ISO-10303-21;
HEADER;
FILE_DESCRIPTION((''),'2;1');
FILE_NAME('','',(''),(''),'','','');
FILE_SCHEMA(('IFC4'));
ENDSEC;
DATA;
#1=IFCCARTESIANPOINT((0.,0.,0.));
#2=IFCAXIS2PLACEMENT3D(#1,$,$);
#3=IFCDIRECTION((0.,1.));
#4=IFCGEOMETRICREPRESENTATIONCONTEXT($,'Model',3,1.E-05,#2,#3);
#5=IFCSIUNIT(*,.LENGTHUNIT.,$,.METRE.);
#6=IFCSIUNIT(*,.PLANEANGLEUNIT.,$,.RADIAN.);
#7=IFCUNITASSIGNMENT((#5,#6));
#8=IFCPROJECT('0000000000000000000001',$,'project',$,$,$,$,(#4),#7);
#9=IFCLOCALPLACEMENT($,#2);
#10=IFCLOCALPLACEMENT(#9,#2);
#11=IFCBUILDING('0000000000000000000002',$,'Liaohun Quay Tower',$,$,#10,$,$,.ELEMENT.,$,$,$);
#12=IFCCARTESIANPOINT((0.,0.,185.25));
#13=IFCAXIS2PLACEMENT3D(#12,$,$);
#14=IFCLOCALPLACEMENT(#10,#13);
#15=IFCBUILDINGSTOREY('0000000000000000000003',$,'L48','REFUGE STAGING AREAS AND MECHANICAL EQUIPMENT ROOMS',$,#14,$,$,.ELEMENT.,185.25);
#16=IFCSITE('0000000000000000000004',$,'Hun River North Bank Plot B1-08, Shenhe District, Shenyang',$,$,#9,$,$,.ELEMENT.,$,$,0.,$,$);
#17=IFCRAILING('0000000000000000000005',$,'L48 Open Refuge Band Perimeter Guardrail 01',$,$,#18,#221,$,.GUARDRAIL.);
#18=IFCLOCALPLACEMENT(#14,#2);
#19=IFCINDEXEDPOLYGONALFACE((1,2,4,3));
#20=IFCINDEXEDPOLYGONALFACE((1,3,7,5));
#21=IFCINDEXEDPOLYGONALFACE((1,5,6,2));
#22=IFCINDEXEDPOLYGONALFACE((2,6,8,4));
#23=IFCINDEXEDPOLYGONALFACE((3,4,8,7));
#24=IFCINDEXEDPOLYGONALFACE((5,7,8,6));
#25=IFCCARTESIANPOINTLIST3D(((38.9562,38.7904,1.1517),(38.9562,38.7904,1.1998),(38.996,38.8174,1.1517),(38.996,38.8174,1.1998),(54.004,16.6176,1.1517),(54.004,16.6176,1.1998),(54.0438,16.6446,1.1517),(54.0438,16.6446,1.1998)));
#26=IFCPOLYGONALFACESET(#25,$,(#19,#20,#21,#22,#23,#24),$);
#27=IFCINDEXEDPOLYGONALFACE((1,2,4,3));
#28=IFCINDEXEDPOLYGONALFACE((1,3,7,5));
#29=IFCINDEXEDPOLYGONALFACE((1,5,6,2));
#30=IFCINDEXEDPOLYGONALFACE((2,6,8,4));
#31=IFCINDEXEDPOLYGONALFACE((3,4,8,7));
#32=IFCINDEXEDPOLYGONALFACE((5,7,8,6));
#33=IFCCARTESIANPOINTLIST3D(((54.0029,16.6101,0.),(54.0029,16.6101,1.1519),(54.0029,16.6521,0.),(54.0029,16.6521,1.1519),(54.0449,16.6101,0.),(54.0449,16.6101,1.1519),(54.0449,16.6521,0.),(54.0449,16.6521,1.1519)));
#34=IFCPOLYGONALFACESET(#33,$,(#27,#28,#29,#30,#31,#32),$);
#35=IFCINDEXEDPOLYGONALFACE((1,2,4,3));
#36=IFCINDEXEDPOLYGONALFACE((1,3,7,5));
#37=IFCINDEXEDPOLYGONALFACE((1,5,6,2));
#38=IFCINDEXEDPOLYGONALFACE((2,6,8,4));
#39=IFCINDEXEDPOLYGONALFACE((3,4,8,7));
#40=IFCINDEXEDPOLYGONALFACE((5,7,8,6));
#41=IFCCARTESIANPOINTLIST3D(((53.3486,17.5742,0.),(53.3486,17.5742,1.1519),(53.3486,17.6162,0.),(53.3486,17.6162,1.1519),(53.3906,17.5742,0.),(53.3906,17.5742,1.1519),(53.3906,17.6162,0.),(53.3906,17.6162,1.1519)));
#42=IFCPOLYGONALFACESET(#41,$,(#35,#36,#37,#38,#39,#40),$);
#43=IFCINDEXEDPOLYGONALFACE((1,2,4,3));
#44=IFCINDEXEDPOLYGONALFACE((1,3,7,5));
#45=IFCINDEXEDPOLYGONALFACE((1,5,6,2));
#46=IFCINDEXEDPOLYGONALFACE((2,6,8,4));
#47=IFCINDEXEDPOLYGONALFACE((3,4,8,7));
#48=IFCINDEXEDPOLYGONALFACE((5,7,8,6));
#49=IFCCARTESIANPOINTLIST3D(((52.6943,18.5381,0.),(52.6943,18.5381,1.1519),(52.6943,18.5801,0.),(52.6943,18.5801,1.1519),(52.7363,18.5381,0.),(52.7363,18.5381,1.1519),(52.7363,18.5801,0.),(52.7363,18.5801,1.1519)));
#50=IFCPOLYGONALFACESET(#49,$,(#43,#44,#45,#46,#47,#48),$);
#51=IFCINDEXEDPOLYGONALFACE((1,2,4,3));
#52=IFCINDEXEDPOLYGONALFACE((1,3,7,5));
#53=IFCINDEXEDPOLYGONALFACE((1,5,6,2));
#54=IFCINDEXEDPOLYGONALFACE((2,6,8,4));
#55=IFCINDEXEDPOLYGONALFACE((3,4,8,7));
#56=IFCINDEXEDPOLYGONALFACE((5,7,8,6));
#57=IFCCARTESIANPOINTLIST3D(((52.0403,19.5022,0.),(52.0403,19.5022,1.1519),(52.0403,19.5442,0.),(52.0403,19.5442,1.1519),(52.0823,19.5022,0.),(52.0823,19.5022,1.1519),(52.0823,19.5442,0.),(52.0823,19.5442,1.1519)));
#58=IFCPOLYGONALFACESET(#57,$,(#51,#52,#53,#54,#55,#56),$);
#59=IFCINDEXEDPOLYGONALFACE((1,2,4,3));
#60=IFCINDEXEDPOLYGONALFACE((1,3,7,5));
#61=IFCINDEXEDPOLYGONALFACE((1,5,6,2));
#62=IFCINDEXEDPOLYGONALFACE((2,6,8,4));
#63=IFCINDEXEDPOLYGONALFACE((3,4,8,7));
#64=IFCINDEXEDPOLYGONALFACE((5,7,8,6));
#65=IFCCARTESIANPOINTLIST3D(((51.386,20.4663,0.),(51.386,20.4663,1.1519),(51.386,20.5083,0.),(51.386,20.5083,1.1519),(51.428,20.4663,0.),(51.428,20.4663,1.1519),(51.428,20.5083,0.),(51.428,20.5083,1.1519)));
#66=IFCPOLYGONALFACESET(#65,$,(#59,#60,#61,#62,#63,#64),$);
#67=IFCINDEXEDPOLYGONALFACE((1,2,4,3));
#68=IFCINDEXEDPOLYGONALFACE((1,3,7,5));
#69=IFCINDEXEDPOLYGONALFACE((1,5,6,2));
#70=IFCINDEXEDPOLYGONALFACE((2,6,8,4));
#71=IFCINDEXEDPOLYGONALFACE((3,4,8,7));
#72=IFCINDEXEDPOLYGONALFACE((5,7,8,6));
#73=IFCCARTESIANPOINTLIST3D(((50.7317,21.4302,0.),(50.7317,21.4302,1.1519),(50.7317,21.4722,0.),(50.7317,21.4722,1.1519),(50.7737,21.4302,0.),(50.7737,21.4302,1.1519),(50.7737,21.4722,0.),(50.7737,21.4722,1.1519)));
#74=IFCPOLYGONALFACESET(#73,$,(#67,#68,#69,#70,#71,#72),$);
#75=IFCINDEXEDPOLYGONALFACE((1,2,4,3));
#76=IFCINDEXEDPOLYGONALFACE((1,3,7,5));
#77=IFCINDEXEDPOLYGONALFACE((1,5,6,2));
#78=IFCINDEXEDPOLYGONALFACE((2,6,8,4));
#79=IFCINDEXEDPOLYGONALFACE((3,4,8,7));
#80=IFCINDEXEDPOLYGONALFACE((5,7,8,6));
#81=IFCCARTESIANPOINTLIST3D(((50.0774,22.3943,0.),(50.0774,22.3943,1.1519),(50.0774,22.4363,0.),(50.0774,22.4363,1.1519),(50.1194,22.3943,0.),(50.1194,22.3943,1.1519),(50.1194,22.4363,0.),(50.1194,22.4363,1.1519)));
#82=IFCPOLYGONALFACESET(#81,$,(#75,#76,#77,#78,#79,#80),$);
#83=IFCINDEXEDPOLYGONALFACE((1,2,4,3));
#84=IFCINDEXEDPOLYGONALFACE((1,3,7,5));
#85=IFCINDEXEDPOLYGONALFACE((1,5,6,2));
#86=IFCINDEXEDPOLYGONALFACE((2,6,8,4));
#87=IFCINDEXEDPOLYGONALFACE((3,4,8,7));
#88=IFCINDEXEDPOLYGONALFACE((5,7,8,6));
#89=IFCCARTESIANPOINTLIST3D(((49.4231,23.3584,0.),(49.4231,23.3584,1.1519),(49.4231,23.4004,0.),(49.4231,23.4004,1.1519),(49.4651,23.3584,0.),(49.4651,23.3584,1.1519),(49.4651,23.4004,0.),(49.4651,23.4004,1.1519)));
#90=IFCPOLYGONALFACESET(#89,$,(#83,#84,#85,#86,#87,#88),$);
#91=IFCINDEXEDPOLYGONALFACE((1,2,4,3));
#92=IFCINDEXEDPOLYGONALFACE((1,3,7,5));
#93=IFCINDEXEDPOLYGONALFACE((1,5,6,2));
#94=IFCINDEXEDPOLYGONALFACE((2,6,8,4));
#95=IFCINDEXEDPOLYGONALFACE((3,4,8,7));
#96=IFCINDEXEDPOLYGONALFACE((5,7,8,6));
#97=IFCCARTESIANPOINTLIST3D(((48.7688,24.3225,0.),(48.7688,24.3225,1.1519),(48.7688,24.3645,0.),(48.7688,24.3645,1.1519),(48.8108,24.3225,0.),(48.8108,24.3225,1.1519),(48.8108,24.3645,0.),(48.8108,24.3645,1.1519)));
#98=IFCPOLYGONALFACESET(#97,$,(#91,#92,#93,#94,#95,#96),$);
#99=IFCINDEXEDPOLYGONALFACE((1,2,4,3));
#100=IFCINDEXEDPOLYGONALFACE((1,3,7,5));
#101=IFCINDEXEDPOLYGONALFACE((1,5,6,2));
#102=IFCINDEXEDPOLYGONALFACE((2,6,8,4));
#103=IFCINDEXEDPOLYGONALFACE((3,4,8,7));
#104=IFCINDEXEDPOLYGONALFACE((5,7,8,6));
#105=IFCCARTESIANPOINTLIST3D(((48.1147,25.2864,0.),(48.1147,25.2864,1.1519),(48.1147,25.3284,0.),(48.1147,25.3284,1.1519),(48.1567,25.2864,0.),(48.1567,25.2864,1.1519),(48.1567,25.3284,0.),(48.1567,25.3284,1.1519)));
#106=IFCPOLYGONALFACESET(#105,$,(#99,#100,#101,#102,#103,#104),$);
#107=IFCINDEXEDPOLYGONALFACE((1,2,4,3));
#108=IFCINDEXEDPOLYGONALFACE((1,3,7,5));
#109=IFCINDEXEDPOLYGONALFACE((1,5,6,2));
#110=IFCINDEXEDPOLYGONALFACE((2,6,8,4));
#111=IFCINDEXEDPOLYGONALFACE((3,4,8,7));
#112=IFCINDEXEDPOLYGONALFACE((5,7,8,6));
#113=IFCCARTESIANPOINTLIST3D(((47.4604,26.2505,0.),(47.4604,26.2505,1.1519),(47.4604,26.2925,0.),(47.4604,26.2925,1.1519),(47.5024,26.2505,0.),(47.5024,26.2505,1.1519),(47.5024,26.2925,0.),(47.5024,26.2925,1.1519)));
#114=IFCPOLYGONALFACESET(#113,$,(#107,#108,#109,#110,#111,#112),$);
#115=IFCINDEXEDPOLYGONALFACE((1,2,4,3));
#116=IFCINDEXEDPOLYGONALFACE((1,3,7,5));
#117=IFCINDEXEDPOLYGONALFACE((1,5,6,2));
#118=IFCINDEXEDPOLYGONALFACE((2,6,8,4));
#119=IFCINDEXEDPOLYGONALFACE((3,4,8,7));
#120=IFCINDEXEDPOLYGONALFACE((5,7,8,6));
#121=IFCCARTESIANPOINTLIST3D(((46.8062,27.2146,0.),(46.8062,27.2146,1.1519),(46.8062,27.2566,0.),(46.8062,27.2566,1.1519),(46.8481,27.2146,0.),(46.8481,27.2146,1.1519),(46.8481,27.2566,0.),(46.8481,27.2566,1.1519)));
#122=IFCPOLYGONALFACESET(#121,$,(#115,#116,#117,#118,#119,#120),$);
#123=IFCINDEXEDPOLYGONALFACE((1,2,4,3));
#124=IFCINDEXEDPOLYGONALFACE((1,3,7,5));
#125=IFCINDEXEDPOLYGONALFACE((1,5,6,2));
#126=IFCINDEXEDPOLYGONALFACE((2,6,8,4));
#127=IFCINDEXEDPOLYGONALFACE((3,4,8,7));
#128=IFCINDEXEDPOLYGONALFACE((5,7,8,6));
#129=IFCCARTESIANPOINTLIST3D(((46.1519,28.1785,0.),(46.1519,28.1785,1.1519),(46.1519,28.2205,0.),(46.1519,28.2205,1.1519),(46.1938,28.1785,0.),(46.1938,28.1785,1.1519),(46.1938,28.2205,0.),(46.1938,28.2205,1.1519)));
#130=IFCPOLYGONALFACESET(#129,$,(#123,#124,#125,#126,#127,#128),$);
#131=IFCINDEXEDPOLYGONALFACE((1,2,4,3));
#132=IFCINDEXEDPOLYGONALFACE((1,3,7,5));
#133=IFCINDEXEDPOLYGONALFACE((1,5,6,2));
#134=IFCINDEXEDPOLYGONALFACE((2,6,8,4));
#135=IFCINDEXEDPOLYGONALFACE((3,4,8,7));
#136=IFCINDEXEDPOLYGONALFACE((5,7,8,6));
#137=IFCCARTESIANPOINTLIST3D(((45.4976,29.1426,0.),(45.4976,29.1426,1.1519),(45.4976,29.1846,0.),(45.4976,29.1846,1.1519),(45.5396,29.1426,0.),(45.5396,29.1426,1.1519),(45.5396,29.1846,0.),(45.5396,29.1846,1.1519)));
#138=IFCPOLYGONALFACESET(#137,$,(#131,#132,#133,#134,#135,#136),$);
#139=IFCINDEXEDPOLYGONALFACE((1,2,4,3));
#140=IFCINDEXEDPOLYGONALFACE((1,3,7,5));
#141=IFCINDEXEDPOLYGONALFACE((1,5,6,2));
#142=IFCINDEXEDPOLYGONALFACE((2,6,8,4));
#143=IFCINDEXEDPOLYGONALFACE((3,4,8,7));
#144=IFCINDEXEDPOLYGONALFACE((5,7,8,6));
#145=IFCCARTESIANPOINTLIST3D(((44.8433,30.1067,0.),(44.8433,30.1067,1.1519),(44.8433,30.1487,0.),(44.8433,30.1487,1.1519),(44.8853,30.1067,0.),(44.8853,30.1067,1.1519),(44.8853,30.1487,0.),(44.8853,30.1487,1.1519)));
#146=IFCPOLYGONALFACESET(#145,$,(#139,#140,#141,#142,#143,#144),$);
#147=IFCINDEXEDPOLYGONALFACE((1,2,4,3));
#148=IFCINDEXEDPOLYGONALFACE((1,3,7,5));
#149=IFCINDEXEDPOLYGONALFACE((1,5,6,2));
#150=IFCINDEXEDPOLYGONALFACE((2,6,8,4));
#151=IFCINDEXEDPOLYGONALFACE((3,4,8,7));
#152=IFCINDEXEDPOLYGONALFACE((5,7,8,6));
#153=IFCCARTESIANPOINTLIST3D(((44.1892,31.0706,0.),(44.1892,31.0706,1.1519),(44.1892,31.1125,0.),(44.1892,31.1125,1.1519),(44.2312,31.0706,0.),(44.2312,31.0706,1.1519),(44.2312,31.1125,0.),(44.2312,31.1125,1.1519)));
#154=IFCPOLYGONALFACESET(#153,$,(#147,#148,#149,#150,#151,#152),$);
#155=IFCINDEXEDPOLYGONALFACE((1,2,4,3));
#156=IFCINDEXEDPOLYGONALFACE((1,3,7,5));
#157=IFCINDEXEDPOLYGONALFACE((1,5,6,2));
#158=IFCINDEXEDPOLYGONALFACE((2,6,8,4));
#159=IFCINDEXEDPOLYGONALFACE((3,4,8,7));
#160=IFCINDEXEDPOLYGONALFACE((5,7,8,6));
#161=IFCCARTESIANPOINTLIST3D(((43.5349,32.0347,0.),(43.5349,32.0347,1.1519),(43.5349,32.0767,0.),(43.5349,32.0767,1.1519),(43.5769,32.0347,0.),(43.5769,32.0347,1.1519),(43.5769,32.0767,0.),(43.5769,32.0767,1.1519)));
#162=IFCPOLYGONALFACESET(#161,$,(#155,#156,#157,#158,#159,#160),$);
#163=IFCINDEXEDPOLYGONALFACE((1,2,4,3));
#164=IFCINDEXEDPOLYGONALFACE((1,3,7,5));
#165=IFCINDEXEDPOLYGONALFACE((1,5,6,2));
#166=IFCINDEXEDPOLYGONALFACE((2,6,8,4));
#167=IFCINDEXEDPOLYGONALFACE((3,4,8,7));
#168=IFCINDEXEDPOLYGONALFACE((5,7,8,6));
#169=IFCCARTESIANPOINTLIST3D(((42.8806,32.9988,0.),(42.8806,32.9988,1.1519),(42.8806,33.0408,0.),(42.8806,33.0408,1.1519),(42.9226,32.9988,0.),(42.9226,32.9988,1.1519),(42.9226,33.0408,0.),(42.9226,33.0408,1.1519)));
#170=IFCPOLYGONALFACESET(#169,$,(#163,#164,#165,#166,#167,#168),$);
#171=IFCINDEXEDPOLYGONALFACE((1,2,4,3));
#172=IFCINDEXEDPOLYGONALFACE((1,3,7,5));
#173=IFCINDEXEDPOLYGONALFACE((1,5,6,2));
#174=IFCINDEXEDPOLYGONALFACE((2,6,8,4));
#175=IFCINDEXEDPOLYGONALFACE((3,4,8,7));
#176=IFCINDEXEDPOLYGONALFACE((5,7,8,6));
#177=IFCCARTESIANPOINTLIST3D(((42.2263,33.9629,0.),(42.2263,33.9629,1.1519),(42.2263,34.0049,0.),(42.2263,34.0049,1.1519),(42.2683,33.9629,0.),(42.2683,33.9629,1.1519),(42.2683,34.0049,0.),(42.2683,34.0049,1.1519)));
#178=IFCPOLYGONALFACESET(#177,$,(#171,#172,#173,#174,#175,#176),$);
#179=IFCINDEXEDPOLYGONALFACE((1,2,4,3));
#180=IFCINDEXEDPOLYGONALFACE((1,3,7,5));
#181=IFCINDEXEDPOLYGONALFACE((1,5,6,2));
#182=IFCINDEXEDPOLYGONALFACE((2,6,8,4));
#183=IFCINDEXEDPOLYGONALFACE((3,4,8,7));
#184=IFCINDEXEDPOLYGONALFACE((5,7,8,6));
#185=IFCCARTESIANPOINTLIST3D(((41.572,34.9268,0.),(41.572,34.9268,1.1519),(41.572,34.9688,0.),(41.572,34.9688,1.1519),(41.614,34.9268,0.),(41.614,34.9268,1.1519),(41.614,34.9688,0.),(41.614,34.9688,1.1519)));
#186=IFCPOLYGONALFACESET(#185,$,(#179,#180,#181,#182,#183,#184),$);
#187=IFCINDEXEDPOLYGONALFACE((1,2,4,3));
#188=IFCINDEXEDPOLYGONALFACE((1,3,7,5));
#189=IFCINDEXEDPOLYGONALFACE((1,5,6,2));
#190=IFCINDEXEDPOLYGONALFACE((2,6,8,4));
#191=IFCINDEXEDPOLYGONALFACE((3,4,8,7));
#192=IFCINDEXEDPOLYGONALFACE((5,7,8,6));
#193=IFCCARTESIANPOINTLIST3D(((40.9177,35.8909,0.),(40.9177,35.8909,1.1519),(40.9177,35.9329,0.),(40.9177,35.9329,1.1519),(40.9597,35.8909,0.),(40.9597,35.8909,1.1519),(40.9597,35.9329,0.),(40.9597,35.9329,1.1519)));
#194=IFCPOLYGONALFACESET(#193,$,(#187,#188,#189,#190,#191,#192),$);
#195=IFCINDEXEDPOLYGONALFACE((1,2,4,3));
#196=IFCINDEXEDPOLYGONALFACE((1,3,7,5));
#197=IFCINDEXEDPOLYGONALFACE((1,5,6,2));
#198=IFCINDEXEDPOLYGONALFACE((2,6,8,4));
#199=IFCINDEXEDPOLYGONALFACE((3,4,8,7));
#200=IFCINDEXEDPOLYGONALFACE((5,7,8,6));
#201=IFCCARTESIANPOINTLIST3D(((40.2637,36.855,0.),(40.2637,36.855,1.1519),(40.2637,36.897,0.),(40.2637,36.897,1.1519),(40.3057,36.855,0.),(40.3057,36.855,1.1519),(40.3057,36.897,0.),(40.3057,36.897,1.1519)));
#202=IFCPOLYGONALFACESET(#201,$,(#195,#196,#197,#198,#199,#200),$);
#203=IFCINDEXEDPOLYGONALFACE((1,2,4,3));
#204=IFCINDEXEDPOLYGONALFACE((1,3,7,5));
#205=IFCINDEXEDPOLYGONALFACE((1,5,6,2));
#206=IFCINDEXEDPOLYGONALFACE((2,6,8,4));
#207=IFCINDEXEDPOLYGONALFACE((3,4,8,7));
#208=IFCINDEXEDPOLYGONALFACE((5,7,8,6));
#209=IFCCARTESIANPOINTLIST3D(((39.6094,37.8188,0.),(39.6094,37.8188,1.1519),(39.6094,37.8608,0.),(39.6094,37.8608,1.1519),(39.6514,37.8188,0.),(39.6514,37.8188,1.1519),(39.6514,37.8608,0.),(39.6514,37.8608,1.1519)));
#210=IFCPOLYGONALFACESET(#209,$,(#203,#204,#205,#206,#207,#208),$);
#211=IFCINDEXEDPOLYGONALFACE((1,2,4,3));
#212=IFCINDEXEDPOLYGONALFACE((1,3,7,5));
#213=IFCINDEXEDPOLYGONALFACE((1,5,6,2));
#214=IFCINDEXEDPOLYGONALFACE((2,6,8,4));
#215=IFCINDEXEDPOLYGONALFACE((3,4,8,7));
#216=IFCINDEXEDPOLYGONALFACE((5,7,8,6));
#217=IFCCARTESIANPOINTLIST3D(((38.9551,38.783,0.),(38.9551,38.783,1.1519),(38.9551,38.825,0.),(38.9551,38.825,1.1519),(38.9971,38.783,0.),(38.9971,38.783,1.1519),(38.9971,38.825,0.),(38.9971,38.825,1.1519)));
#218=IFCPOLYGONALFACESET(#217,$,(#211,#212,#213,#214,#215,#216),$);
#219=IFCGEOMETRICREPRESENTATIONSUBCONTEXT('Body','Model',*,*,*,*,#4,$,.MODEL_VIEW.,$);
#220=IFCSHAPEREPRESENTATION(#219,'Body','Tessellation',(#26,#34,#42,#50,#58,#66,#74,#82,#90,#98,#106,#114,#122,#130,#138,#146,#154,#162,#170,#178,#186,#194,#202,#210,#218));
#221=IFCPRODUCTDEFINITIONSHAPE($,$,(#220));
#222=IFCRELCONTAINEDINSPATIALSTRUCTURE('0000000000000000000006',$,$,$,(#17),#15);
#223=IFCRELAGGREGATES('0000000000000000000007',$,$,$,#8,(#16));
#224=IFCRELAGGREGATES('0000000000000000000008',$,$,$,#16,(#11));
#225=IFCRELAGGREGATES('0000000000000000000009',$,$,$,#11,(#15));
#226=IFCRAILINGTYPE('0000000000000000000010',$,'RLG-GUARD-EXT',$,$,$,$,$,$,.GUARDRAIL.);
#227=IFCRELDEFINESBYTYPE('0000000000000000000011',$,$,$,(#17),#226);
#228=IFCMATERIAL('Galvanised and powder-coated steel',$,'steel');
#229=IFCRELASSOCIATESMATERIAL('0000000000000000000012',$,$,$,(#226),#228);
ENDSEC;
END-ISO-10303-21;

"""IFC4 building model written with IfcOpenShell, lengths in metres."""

from ifc_helpers import new_model, si_unit, direction, frame, origin, origin_2d, place, context, subcontext, project, spatial, rectangle, extrude, material, type_object, element, save


model = new_model("IFC4")

# Units and contexts
model_context = context("Model", 3, precision=1e-05, world=origin(), true_north=direction((0.0, 1.0)))
body_context = subcontext(model_context, "Body", "Model", "MODEL_VIEW")
ifc_project = project(units=[si_unit("LENGTHUNIT", "METRE"), si_unit("PLANEANGLEUNIT", "RADIAN")], contexts=[model_context])

# Site, building, storey
site_placement = place(None, origin())
site = spatial("IfcSite", under=ifc_project, at=site_placement, Name="Hun River North Bank Plot B1-08, Shenhe District, Shenyang", CompositionType="ELEMENT", RefElevation=0.0)
building_placement = place(site_placement, origin())
building = spatial("IfcBuilding", under=site, at=building_placement, Name="Liaohun Quay Tower", CompositionType="ELEMENT")
storey_placement = place(building_placement, frame((0.0, 0.0, 185.25)))
storey = spatial("IfcBuildingStorey", under=building, at=storey_placement, Name="L48", Description="REFUGE STAGING AREAS AND MECHANICAL EQUIPMENT ROOMS", CompositionType="ELEMENT", Elevation=185.25)

# Railing
ifc_material_1 = material(Name="Galvanised and powder-coated steel", Category="steel")
railing_type_1 = type_object("IfcRailingType", Name="RLG-GUARD-EXT", PredefinedType="GUARDRAIL", material=ifc_material_1)
railing_1_placement = place(storey_placement, frame((54.0239, 16.6311, 0.0)))
element("IfcRailing", 1, at=railing_1_placement, inside=storey, type_object=railing_type_1, Name="L48 Open Refuge Band Perimeter Guardrail 01", PredefinedType="GUARDRAIL", context=body_context, shape_type="SweptSolid", body=[
    extrude(rectangle(XDim=0.0481, YDim=0.0481, at=origin_2d()), frame((0.0, 0.0, 1.1758), z_axis=(-0.561552, 0.827441, 0.0), x_axis=(-0.827441, -0.561552, 0.0)), (0.0, 0.0, 1.0), 26.7969),
    extrude(rectangle(XDim=0.042, YDim=0.042, at=origin_2d()), origin(), (0.0, 0.0, 1.0), 1.1519),
    extrude(rectangle(XDim=0.042, YDim=0.042, at=origin_2d()), frame((-0.6543, 0.9641, 0.0)), (0.0, 0.0, 1.0), 1.1519),
    extrude(rectangle(XDim=0.042, YDim=0.042, at=origin_2d()), frame((-1.3086, 1.928, 0.0)), (0.0, 0.0, 1.0), 1.1519),
    extrude(rectangle(XDim=0.042, YDim=0.042, at=origin_2d()), frame((-1.9626, 2.8921, 0.0)), (0.0, 0.0, 1.0), 1.1519),
    extrude(rectangle(XDim=0.042, YDim=0.042, at=origin_2d()), frame((-2.6169, 3.8562, 0.0)), (0.0, 0.0, 1.0), 1.1519),
    extrude(rectangle(XDim=0.042, YDim=0.042, at=origin_2d()), frame((-3.2712, 4.8201, 0.0)), (0.0, 0.0, 1.0), 1.1519),
    extrude(rectangle(XDim=0.042, YDim=0.042, at=origin_2d()), frame((-3.9255, 5.7842, 0.0)), (0.0, 0.0, 1.0), 1.1519),
    extrude(rectangle(XDim=0.042, YDim=0.042, at=origin_2d()), frame((-4.5798, 6.7483, 0.0)), (0.0, 0.0, 1.0), 1.1519),
    extrude(rectangle(XDim=0.042, YDim=0.042, at=origin_2d()), frame((-5.2341, 7.7124, 0.0)), (0.0, 0.0, 1.0), 1.1519),
    extrude(rectangle(XDim=0.042, YDim=0.042, at=origin_2d()), frame((-5.8882, 8.6763, 0.0)), (0.0, 0.0, 1.0), 1.1519),
    extrude(rectangle(XDim=0.042, YDim=0.042, at=origin_2d()), frame((-6.5425, 9.6404, 0.0)), (0.0, 0.0, 1.0), 1.1519),
    extrude(rectangle(XDim=0.042, YDim=0.042, at=origin_2d()), frame((-7.1968, 10.6045, 0.0)), (0.0, 0.0, 1.0), 1.1519),
    extrude(rectangle(XDim=0.042, YDim=0.042, at=origin_2d()), frame((-7.8511, 11.5684, 0.0)), (0.0, 0.0, 1.0), 1.1519),
    extrude(rectangle(XDim=0.042, YDim=0.042, at=origin_2d()), frame((-8.5054, 12.5325, 0.0)), (0.0, 0.0, 1.0), 1.1519),
    extrude(rectangle(XDim=0.042, YDim=0.042, at=origin_2d()), frame((-9.1597, 13.4966, 0.0)), (0.0, 0.0, 1.0), 1.1519),
    extrude(rectangle(XDim=0.042, YDim=0.042, at=origin_2d()), frame((-9.8137, 14.4604, 0.0)), (0.0, 0.0, 1.0), 1.1519),
    extrude(rectangle(XDim=0.042, YDim=0.042, at=origin_2d()), frame((-10.468, 15.4246, 0.0)), (0.0, 0.0, 1.0), 1.1519),
    extrude(rectangle(XDim=0.042, YDim=0.042, at=origin_2d()), frame((-11.1223, 16.3887, 0.0)), (0.0, 0.0, 1.0), 1.1519),
    extrude(rectangle(XDim=0.042, YDim=0.042, at=origin_2d()), frame((-11.7766, 17.3528, 0.0)), (0.0, 0.0, 1.0), 1.1519),
    extrude(rectangle(XDim=0.042, YDim=0.042, at=origin_2d()), frame((-12.4309, 18.3167, 0.0)), (0.0, 0.0, 1.0), 1.1519),
    extrude(rectangle(XDim=0.042, YDim=0.042, at=origin_2d()), frame((-13.0852, 19.2808, 0.0)), (0.0, 0.0, 1.0), 1.1519),
    extrude(rectangle(XDim=0.042, YDim=0.042, at=origin_2d()), frame((-13.7393, 20.2449, 0.0)), (0.0, 0.0, 1.0), 1.1519),
    extrude(rectangle(XDim=0.042, YDim=0.042, at=origin_2d()), frame((-14.3936, 21.2087, 0.0)), (0.0, 0.0, 1.0), 1.1519),
    extrude(rectangle(XDim=0.042, YDim=0.042, at=origin_2d()), frame((-15.0479, 22.1729, 0.0)), (0.0, 0.0, 1.0), 1.1519),
])

save(model, "model.ifc")
